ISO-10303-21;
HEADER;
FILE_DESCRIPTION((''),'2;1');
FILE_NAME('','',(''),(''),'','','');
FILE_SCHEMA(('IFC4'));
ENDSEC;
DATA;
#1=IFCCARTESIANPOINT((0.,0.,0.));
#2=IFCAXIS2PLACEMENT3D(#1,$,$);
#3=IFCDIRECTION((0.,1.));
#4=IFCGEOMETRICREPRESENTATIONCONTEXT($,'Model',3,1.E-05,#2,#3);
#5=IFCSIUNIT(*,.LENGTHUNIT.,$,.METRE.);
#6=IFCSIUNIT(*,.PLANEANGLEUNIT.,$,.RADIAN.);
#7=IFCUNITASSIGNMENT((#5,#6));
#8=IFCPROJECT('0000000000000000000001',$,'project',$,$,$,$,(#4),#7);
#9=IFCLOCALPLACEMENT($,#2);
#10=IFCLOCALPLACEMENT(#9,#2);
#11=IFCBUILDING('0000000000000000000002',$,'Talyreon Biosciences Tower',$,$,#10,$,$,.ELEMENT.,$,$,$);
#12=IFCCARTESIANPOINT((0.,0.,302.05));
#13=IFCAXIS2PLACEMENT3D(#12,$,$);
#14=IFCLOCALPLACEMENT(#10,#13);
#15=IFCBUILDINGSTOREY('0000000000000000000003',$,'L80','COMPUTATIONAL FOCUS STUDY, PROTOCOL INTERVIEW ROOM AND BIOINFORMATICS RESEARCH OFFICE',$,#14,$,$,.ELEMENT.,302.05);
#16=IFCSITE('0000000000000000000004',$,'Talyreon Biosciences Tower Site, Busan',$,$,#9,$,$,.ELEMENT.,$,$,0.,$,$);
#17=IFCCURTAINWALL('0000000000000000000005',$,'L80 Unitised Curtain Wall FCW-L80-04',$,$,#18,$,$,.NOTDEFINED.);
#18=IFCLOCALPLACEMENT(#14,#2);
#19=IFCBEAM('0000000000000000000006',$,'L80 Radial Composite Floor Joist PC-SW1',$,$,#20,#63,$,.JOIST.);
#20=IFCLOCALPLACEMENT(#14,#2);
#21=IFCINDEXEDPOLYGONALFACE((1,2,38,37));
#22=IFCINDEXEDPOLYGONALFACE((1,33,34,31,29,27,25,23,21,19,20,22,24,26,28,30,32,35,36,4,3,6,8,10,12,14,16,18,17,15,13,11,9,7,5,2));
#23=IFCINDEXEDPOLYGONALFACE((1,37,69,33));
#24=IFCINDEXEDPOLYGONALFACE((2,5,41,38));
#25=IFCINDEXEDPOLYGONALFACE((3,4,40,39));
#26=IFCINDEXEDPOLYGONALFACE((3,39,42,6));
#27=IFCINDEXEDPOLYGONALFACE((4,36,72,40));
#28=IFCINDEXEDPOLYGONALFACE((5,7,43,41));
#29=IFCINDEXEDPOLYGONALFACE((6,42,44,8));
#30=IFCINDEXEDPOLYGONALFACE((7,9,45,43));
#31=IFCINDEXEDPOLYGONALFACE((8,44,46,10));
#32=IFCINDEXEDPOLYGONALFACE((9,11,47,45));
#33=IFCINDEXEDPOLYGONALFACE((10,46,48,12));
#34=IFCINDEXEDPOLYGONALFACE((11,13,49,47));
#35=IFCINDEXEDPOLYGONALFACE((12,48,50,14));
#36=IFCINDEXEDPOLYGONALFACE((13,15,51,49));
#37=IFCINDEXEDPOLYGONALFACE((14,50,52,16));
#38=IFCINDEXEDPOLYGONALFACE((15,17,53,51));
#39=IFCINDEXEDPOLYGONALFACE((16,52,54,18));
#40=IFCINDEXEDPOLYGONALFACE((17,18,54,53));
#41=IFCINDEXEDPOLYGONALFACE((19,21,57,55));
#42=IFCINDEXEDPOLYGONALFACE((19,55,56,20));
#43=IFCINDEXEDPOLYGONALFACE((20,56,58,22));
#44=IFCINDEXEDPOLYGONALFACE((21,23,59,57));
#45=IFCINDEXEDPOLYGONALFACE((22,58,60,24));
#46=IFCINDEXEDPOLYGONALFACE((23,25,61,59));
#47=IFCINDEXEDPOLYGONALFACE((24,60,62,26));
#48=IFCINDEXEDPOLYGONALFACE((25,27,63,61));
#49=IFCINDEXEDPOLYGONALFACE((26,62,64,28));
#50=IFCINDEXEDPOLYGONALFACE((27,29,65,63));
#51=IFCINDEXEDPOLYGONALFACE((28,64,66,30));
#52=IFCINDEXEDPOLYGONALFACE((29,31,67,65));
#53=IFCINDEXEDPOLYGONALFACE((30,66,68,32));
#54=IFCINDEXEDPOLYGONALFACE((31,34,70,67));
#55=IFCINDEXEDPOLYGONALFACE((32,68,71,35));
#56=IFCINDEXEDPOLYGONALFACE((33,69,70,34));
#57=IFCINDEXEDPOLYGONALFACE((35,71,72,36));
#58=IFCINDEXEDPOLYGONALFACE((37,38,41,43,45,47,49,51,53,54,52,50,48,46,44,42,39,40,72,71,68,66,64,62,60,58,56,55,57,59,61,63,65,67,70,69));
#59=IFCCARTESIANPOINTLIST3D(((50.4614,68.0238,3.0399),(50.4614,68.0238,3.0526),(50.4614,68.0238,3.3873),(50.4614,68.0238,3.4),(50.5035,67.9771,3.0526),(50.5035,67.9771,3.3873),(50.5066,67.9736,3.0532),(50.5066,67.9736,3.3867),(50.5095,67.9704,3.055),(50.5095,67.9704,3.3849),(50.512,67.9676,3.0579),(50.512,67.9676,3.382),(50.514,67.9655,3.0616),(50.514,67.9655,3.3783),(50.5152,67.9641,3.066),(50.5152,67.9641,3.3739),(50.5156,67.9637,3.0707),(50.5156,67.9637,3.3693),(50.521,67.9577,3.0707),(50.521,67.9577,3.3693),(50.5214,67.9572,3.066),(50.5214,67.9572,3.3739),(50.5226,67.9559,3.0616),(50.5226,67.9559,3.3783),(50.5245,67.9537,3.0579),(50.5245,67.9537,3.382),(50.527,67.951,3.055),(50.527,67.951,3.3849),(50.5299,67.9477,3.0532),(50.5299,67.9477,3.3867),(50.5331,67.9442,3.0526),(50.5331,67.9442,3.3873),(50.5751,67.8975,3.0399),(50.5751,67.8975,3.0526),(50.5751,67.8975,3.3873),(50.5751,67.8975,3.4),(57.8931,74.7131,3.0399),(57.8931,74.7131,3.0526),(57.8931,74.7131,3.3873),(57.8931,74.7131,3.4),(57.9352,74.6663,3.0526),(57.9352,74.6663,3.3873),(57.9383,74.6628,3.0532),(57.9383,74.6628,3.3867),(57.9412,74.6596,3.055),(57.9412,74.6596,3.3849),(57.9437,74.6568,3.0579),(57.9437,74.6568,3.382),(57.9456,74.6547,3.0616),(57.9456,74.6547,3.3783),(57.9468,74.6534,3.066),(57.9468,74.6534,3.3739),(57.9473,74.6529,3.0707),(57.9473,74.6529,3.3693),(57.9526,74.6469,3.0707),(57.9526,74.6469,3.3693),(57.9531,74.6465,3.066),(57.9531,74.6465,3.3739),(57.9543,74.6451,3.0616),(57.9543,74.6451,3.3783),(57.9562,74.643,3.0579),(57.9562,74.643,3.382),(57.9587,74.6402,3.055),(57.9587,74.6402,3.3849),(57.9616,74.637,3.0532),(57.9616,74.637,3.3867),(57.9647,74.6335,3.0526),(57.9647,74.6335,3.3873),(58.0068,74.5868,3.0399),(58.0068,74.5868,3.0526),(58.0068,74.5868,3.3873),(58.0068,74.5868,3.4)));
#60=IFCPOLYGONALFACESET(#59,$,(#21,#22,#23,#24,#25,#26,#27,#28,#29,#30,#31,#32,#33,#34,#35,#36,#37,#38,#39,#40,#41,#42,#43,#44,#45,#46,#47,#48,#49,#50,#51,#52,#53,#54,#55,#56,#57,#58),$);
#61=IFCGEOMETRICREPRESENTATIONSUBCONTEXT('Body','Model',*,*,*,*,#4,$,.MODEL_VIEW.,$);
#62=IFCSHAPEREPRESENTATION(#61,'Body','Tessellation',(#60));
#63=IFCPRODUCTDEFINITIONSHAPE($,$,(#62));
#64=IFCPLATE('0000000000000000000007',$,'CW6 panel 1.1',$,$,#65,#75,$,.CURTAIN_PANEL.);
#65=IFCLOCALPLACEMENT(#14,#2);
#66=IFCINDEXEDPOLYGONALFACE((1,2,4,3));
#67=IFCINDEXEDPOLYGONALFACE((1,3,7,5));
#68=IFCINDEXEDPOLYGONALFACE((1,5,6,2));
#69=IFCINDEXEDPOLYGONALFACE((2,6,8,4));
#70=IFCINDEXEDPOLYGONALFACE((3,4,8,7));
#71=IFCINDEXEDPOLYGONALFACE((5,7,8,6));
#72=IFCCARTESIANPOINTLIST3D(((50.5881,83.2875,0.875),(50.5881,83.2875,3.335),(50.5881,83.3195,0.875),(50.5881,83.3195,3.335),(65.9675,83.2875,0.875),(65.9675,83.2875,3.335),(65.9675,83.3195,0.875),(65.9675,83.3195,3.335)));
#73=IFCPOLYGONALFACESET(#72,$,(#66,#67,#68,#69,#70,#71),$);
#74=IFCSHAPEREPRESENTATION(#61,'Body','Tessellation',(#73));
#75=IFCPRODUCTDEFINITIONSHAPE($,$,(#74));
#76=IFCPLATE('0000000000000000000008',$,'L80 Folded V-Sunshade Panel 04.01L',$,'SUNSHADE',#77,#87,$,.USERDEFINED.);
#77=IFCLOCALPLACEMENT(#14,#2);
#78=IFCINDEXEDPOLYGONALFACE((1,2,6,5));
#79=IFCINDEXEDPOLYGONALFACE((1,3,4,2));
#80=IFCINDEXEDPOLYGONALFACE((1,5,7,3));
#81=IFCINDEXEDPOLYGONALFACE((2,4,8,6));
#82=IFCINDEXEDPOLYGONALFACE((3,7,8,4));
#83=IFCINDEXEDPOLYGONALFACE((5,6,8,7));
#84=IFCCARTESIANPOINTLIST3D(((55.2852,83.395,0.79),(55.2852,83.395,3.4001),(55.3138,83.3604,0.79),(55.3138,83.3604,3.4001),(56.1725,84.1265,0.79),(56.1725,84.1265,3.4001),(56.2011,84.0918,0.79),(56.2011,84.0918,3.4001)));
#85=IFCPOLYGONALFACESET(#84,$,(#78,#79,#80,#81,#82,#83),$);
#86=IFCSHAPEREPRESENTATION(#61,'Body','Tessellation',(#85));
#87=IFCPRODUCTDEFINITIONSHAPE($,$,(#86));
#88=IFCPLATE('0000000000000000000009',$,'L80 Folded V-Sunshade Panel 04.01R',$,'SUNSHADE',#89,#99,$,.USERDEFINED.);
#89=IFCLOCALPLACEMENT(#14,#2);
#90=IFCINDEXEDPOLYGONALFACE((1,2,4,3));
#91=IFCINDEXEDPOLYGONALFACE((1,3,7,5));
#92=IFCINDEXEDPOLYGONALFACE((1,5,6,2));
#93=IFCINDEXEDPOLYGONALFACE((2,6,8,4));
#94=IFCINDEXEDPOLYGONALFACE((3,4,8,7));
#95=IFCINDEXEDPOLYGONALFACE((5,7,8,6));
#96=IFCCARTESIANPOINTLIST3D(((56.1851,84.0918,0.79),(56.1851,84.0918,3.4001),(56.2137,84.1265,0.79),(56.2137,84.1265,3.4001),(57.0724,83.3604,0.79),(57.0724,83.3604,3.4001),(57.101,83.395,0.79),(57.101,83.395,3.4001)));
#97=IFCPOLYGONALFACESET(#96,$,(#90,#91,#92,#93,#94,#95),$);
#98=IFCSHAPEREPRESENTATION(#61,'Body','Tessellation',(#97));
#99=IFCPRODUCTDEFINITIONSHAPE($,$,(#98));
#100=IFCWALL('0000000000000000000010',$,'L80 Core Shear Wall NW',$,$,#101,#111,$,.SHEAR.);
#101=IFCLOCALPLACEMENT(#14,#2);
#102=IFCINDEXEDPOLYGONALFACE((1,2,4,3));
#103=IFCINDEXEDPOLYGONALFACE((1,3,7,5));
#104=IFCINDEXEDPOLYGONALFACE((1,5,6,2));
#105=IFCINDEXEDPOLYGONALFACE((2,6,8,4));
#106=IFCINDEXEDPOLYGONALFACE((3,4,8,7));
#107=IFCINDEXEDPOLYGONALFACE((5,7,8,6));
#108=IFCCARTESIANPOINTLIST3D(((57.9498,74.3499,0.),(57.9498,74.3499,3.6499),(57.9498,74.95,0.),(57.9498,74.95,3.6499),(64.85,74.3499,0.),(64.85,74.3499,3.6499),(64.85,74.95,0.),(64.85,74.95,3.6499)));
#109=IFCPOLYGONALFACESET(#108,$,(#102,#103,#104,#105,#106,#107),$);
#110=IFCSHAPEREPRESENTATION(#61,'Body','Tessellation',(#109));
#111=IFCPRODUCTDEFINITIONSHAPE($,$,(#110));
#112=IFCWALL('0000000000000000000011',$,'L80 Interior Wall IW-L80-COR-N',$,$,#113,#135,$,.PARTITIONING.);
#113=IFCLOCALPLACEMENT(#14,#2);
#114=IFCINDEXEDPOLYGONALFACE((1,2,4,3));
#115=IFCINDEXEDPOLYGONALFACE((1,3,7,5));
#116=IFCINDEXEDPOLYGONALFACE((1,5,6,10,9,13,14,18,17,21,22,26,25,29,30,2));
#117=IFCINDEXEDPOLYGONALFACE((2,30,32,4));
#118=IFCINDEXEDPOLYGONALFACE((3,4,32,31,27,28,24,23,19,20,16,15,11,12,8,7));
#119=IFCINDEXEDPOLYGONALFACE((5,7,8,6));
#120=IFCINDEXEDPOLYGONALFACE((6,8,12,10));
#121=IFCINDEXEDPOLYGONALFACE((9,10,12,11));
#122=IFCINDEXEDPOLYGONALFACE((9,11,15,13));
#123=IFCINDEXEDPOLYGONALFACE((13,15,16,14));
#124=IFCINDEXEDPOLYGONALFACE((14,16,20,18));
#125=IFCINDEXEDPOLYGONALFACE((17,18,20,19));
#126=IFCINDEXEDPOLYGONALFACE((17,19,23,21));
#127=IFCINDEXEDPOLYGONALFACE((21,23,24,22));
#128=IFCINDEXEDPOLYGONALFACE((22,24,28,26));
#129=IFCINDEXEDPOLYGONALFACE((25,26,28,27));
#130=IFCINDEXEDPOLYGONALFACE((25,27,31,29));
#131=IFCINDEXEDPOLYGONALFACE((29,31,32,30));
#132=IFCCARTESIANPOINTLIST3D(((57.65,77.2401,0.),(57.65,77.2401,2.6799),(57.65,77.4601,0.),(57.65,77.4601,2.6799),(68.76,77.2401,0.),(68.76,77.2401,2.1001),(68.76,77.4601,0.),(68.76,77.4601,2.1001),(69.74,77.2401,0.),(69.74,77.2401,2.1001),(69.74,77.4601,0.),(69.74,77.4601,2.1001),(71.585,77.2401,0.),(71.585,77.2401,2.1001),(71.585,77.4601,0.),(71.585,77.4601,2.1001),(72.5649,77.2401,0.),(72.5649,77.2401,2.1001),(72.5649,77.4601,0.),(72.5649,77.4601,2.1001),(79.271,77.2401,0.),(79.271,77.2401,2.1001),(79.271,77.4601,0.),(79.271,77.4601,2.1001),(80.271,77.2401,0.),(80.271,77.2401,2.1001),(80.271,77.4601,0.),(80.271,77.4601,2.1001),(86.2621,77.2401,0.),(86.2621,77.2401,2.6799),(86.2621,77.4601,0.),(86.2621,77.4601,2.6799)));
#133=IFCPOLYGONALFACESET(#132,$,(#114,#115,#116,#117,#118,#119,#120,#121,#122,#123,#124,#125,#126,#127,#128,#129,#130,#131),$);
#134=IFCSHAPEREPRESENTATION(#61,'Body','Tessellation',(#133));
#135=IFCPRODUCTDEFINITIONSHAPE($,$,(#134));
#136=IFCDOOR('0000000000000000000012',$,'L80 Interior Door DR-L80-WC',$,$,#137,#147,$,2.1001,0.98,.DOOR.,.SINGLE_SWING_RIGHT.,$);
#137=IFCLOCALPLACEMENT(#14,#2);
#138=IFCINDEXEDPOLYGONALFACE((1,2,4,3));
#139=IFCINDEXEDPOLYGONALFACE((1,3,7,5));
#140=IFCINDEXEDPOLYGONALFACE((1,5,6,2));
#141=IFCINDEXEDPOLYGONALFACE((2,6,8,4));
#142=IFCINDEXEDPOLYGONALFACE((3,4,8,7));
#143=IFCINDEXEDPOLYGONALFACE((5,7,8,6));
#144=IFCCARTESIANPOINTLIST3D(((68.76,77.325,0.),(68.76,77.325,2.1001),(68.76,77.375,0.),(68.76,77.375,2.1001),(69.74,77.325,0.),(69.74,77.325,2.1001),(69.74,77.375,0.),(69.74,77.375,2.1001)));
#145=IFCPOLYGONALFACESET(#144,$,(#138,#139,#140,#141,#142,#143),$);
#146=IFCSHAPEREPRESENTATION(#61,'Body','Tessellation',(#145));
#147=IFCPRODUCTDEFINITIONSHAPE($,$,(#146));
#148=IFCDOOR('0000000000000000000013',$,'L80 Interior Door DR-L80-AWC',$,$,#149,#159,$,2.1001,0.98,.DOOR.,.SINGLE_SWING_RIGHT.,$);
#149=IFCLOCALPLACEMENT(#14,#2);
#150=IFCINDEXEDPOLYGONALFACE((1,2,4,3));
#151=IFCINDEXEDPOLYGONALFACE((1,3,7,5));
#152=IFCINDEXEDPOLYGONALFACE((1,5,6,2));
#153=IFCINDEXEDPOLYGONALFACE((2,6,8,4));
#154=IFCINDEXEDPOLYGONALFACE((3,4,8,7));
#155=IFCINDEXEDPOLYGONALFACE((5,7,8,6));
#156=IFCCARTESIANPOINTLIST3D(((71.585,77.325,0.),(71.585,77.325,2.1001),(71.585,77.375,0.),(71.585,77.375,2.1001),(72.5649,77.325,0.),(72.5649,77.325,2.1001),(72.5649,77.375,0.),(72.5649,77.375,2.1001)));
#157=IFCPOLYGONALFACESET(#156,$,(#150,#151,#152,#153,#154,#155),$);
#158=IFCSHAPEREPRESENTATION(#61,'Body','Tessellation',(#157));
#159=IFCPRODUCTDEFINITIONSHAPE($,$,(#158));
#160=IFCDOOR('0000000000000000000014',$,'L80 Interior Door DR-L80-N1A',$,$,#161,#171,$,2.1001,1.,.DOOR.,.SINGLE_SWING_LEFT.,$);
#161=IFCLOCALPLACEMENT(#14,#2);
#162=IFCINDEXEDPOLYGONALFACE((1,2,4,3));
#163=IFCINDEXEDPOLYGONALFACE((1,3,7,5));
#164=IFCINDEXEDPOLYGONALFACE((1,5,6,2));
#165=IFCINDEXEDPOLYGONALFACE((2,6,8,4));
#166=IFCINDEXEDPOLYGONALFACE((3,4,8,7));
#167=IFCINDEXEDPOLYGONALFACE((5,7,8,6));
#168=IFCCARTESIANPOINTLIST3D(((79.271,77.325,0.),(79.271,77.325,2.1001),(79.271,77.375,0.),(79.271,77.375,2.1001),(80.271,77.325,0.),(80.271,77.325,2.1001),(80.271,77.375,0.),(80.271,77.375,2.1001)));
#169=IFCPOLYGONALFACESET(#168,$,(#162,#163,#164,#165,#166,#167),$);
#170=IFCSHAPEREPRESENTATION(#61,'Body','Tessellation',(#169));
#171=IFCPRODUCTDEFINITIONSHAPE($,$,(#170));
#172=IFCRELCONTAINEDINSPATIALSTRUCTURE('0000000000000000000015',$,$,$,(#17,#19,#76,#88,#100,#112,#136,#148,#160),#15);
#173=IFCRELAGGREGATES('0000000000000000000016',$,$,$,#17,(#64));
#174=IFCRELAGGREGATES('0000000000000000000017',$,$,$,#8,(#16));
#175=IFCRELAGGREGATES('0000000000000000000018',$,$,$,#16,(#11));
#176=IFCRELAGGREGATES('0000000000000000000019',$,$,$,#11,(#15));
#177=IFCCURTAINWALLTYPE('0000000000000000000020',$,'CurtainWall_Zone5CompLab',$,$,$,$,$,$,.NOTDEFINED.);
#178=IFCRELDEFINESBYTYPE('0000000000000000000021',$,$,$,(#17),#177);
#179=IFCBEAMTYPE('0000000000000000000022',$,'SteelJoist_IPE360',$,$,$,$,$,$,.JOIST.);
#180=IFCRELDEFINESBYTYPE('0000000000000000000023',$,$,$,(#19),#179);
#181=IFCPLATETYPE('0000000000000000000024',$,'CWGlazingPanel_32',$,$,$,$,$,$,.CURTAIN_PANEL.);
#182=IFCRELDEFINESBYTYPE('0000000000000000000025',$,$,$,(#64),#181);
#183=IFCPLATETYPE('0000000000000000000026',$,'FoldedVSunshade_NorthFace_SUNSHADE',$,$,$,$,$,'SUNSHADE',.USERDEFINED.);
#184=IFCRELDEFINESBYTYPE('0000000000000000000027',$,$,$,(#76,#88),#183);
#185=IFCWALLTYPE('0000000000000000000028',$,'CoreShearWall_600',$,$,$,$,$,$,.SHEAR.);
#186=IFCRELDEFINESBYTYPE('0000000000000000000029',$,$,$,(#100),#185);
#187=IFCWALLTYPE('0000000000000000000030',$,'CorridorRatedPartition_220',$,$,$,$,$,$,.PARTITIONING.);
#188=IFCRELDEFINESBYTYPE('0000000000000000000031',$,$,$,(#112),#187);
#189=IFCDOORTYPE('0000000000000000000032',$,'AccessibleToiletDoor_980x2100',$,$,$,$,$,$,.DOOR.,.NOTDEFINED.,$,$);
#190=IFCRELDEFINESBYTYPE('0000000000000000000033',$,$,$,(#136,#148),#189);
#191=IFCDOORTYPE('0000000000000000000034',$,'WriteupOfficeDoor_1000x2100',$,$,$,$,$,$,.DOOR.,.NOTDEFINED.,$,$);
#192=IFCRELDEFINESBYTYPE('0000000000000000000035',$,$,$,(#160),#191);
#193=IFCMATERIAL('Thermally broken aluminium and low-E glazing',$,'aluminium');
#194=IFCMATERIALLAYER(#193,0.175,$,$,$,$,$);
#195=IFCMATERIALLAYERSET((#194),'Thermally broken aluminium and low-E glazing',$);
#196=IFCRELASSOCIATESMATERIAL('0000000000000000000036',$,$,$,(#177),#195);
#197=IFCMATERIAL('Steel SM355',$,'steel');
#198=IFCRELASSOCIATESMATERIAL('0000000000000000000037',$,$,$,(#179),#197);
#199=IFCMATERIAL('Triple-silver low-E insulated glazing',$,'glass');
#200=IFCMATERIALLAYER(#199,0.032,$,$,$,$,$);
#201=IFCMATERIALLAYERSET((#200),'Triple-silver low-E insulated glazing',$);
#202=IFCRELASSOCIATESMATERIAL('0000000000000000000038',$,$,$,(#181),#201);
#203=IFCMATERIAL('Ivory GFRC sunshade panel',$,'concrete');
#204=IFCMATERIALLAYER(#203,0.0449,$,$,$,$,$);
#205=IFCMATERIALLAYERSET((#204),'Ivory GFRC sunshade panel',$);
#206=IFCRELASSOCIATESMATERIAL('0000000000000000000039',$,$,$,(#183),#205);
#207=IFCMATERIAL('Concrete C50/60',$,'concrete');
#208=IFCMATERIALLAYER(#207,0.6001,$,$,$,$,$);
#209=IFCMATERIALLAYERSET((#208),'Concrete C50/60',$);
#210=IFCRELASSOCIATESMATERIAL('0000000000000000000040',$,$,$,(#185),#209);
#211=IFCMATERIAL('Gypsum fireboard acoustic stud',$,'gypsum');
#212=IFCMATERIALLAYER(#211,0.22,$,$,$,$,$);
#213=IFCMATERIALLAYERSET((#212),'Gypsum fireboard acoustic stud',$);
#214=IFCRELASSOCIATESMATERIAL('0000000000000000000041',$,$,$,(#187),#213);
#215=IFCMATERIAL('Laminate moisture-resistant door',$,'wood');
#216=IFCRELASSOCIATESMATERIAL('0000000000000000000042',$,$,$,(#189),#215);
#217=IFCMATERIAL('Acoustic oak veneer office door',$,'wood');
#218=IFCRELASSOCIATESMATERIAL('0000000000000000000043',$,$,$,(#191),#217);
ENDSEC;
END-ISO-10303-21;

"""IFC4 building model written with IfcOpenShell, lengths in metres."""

from ifc_helpers import new_model, si_unit, direction, frame, frame_2d, origin, origin_2d, place, context, subcontext, project, spatial, rectangle, i_section, extrude, material, layer, layer_set, material_profile, profile_set, type_object, element, fill, aggregate, save


model = new_model("IFC4")

# Units and contexts
model_context = context("Model", 3, precision=1e-05, world=origin(), true_north=direction((0.0, 1.0)))
body_context = subcontext(model_context, "Body", "Model", "MODEL_VIEW")
ifc_project = project(units=[si_unit("LENGTHUNIT", "METRE"), si_unit("PLANEANGLEUNIT", "RADIAN")], contexts=[model_context])

# Site, building, storey
site_placement = place(None, origin())
site = spatial("IfcSite", under=ifc_project, at=site_placement, Name="Talyreon Biosciences Tower Site, Busan", CompositionType="ELEMENT", RefElevation=0.0)
building_placement = place(site_placement, origin())
building = spatial("IfcBuilding", under=site, at=building_placement, Name="Talyreon Biosciences Tower", CompositionType="ELEMENT")
storey_placement = place(building_placement, frame((0.0, 0.0, 302.05)))
storey = spatial("IfcBuildingStorey", under=building, at=storey_placement, Name="L80", Description="COMPUTATIONAL FOCUS STUDY, PROTOCOL INTERVIEW ROOM AND BIOINFORMATICS RESEARCH OFFICE", CompositionType="ELEMENT", Elevation=302.05)

# Shared definitions
ifc_material_1 = material(Name="Concrete C50/60", Category="concrete")

# Shared definitions
ifc_material_2 = material(Name="Thermally broken aluminium and low-E glazing", Category="aluminium")
ifc_layer_1 = layer(ifc_material_2, 0.175)
ifc_layer_set_1 = layer_set([ifc_layer_1], Name="Thermally broken aluminium and low-E glazing")
curtain_wall_type = type_object("IfcCurtainWallType", Name="CurtainWall_Zone5CompLab", PredefinedType="NOTDEFINED", material=ifc_layer_set_1)

# Curtain wall
curtain_wall_1_placement = place(storey_placement, origin())
curtain_wall_1 = element("IfcCurtainWall", 1, at=curtain_wall_1_placement, inside=storey, type_object=curtain_wall_type, Name="L80 Unitised Curtain Wall FCW-L80-04", PredefinedType="NOTDEFINED")

# Beam
ifc_material_3 = material(Name="Steel SM355", Category="steel")
ifc_material_profile_1 = material_profile(ifc_material_3, i_section(OverallWidth=0.1699, OverallDepth=0.3601, WebThickness=0.0081, FlangeThickness=0.0127, FilletRadius=0.0181, at=origin_2d()), Name="IPE360")
ifc_profile_set_1 = profile_set([ifc_material_profile_1], Name="Steel SM355")
beam_type_1 = type_object("IfcBeamType", Name="SteelJoist_IPE360", PredefinedType="JOIST", material=ifc_profile_set_1)
beam_1_placement = place(storey_placement, frame((57.95, 74.6499, 3.22), z_axis=(-0.743258, -0.669005, 0.0), x_axis=(0.669005, -0.743258, 0.0)))
element("IfcBeam", 2, at=beam_1_placement, inside=storey, type_object=beam_type_1, Name="L80 Radial Composite Floor Joist PC-SW1", PredefinedType="JOIST", context=body_context, shape_type="SweptSolid", body=[
    extrude(i_section(OverallWidth=0.1699, OverallDepth=0.3601, WebThickness=0.0081, FlangeThickness=0.0127, FilletRadius=0.0181, at=origin_2d()), origin(), (0.0, 0.0, 1.0), 9.9988),
])

# Plate
ifc_material_4 = material(Name="Triple-silver low-E insulated glazing", Category="glass")
ifc_layer_2 = layer(ifc_material_4, 0.032)
ifc_layer_set_2 = layer_set([ifc_layer_2], Name="Triple-silver low-E insulated glazing")
plate_type_1 = type_object("IfcPlateType", Name="CWGlazingPanel_32", PredefinedType="CURTAIN_PANEL", material=ifc_layer_set_2)
plate_placement = place(storey_placement, frame((58.2778, 83.3035, 0.875), z_axis=(0.0, 0.0, 1.0), x_axis=(1.0, 0.0, 0.0)))
plate = element("IfcPlate", 3, at=plate_placement, type_object=plate_type_1, Name="CW6 panel 1.1", PredefinedType="CURTAIN_PANEL", context=body_context, shape_type="SweptSolid", body=[
    extrude(rectangle(XDim=15.3794, YDim=0.032, at=origin_2d()), origin(), (0.0, 0.0, 1.0), 2.46),
])
aggregate(curtain_wall_1, [plate])

# Plates
ifc_material_5 = material(Name="Ivory GFRC sunshade panel", Category="concrete")
ifc_layer_3 = layer(ifc_material_5, 0.0449)
ifc_layer_set_3 = layer_set([ifc_layer_3], Name="Ivory GFRC sunshade panel")
plate_type_2 = type_object("IfcPlateType", Name="FoldedVSunshade_NorthFace_SUNSHADE", ElementType="SUNSHADE", PredefinedType="USERDEFINED", material=ifc_layer_set_3)
for number, where, z_axis, x_axis, name in (
    (4, (55.7432, 83.7434, 0.79), (0.0, 0.0, 1.0), (0.771625, 0.636078, 0.0), "L80 Folded V-Sunshade Panel 04.01L"),
    (5, (56.6431, 83.7434, 0.79), (0.0, 0.0, 1.0), (0.771625, -0.636078, 0.0), "L80 Folded V-Sunshade Panel 04.01R"),
):
    element("IfcPlate", number, at=place(storey_placement, frame(where, z_axis=z_axis, x_axis=x_axis)), inside=storey, type_object=plate_type_2, Name=name, ObjectType="SUNSHADE", PredefinedType="USERDEFINED", context=body_context, shape_type="SweptSolid", body=[
        extrude(rectangle(XDim=1.1499, YDim=0.0449, at=origin_2d()), origin(), (0.0, 0.0, 1.0), 2.6101),
    ])

# Wall
ifc_layer_4 = layer(ifc_material_1, 0.6001)
ifc_layer_set_4 = layer_set([ifc_layer_4], Name="Concrete C50/60")
wall_type_1 = type_object("IfcWallType", Name="CoreShearWall_600", PredefinedType="SHEAR", material=ifc_layer_set_4)
wall_1_placement = place(storey_placement, frame((64.8501, 74.6499, 0.0), z_axis=(0.0, 0.0, 1.0), x_axis=(-1.0, 0.0, 0.0)))
element("IfcWall", 6, at=wall_1_placement, inside=storey, type_object=wall_type_1, Name="L80 Core Shear Wall NW", PredefinedType="SHEAR", context=body_context, shape_type="SweptSolid", body=[
    extrude(rectangle(XDim=6.9001, YDim=0.6001, at=frame_2d((3.4502, 0.0))), origin(), (0.0, 0.0, 1.0), 3.6499),
])

# Wall, openings, doors
ifc_material_6 = material(Name="Gypsum fireboard acoustic stud", Category="gypsum")
ifc_layer_5 = layer(ifc_material_6, 0.22)
ifc_layer_set_5 = layer_set([ifc_layer_5], Name="Gypsum fireboard acoustic stud")
wall_type_2 = type_object("IfcWallType", Name="CorridorRatedPartition_220", PredefinedType="PARTITIONING", material=ifc_layer_set_5)
wall_2_placement = place(storey_placement, frame((57.6499, 77.3501, 0.0), z_axis=(0.0, 0.0, 1.0), x_axis=(1.0, 0.0, 0.0)))
wall_2 = element("IfcWall", 7, at=wall_2_placement, inside=storey, type_object=wall_type_2, Name="L80 Interior Wall IW-L80-COR-N", PredefinedType="PARTITIONING", context=body_context, shape_type="SweptSolid", body=[
    extrude(rectangle(XDim=28.6121, YDim=0.22, at=frame_2d((14.3062, 0.0))), origin(), (0.0, 0.0, 1.0), 2.6799),
])
opening_1_placement = place(wall_2_placement, frame((11.1101, 0.0, 0.0)))
opening_1 = element("IfcOpeningElement", 8, at=opening_1_placement, cuts=wall_2, PredefinedType="OPENING", context=body_context, shape_type="SweptSolid", body=[
    extrude(rectangle(XDim=0.98, YDim=2.1001, at=frame_2d((0.49, 1.05))), frame((0.0, 0.1199, 0.0), z_axis=(0.0, -1.0, 0.0), x_axis=(1.0, 0.0, 0.0)), (0.0, 0.0, 1.0), 0.24),
])
opening_2_placement = place(wall_2_placement, frame((13.9351, 0.0, 0.0)))
opening_2 = element("IfcOpeningElement", 9, at=opening_2_placement, cuts=wall_2, PredefinedType="OPENING", context=body_context, shape_type="SweptSolid", body=[
    extrude(rectangle(XDim=0.98, YDim=2.1001, at=frame_2d((0.49, 1.05))), frame((0.0, 0.1199, 0.0), z_axis=(0.0, -1.0, 0.0), x_axis=(1.0, 0.0, 0.0)), (0.0, 0.0, 1.0), 0.24),
])
opening_3_placement = place(wall_2_placement, frame((21.6211, 0.0, 0.0)))
opening_3 = element("IfcOpeningElement", 10, at=opening_3_placement, cuts=wall_2, PredefinedType="OPENING", context=body_context, shape_type="SweptSolid", body=[
    extrude(rectangle(XDim=1.0, YDim=2.1001, at=frame_2d((0.5, 1.05))), frame((0.0, 0.1199, 0.0), z_axis=(0.0, -1.0, 0.0), x_axis=(1.0, 0.0, 0.0)), (0.0, 0.0, 1.0), 0.24),
])
ifc_material_7 = material(Name="Laminate moisture-resistant door", Category="wood")
door_type_1 = type_object("IfcDoorType", Name="AccessibleToiletDoor_980x2100", OperationType="NOTDEFINED", PredefinedType="DOOR", material=ifc_material_7)
door_1_placement = place(opening_1_placement, origin())
door_1 = element("IfcDoor", 11, at=door_1_placement, inside=storey, type_object=door_type_1, Name="L80 Interior Door DR-L80-WC", OperationType="SINGLE_SWING_RIGHT", OverallHeight=2.1001, OverallWidth=0.98, PredefinedType="DOOR", context=body_context, shape_type="SweptSolid", body=[
    extrude(rectangle(XDim=0.98, YDim=2.1001, at=frame_2d((0.49, 1.05))), frame((0.0, 0.0249, 0.0), z_axis=(0.0, -1.0, 0.0), x_axis=(1.0, 0.0, 0.0)), (0.0, 0.0, 1.0), 0.05),
])
fill(opening_1, door_1)
door_2_placement = place(opening_2_placement, origin())
door_2 = element("IfcDoor", 12, at=door_2_placement, inside=storey, type_object=door_type_1, Name="L80 Interior Door DR-L80-AWC", OperationType="SINGLE_SWING_RIGHT", OverallHeight=2.1001, OverallWidth=0.98, PredefinedType="DOOR", context=body_context, shape_type="SweptSolid", body=[
    extrude(rectangle(XDim=0.98, YDim=2.1001, at=frame_2d((0.49, 1.05))), frame((0.0, 0.0249, 0.0), z_axis=(0.0, -1.0, 0.0), x_axis=(1.0, 0.0, 0.0)), (0.0, 0.0, 1.0), 0.05),
])
fill(opening_2, door_2)
ifc_material_8 = material(Name="Acoustic oak veneer office door", Category="wood")
door_type_2 = type_object("IfcDoorType", Name="WriteupOfficeDoor_1000x2100", OperationType="NOTDEFINED", PredefinedType="DOOR", material=ifc_material_8)
door_3_placement = place(opening_3_placement, origin())
door_3 = element("IfcDoor", 13, at=door_3_placement, inside=storey, type_object=door_type_2, Name="L80 Interior Door DR-L80-N1A", OperationType="SINGLE_SWING_LEFT", OverallHeight=2.1001, OverallWidth=1.0, PredefinedType="DOOR", context=body_context, shape_type="SweptSolid", body=[
    extrude(rectangle(XDim=1.0, YDim=2.1001, at=frame_2d((0.5, 1.05))), frame((0.0, 0.0249, 0.0), z_axis=(0.0, -1.0, 0.0), x_axis=(1.0, 0.0, 0.0)), (0.0, 0.0, 1.0), 0.05),
])
fill(opening_3, door_3)

save(model, "model.ifc")
